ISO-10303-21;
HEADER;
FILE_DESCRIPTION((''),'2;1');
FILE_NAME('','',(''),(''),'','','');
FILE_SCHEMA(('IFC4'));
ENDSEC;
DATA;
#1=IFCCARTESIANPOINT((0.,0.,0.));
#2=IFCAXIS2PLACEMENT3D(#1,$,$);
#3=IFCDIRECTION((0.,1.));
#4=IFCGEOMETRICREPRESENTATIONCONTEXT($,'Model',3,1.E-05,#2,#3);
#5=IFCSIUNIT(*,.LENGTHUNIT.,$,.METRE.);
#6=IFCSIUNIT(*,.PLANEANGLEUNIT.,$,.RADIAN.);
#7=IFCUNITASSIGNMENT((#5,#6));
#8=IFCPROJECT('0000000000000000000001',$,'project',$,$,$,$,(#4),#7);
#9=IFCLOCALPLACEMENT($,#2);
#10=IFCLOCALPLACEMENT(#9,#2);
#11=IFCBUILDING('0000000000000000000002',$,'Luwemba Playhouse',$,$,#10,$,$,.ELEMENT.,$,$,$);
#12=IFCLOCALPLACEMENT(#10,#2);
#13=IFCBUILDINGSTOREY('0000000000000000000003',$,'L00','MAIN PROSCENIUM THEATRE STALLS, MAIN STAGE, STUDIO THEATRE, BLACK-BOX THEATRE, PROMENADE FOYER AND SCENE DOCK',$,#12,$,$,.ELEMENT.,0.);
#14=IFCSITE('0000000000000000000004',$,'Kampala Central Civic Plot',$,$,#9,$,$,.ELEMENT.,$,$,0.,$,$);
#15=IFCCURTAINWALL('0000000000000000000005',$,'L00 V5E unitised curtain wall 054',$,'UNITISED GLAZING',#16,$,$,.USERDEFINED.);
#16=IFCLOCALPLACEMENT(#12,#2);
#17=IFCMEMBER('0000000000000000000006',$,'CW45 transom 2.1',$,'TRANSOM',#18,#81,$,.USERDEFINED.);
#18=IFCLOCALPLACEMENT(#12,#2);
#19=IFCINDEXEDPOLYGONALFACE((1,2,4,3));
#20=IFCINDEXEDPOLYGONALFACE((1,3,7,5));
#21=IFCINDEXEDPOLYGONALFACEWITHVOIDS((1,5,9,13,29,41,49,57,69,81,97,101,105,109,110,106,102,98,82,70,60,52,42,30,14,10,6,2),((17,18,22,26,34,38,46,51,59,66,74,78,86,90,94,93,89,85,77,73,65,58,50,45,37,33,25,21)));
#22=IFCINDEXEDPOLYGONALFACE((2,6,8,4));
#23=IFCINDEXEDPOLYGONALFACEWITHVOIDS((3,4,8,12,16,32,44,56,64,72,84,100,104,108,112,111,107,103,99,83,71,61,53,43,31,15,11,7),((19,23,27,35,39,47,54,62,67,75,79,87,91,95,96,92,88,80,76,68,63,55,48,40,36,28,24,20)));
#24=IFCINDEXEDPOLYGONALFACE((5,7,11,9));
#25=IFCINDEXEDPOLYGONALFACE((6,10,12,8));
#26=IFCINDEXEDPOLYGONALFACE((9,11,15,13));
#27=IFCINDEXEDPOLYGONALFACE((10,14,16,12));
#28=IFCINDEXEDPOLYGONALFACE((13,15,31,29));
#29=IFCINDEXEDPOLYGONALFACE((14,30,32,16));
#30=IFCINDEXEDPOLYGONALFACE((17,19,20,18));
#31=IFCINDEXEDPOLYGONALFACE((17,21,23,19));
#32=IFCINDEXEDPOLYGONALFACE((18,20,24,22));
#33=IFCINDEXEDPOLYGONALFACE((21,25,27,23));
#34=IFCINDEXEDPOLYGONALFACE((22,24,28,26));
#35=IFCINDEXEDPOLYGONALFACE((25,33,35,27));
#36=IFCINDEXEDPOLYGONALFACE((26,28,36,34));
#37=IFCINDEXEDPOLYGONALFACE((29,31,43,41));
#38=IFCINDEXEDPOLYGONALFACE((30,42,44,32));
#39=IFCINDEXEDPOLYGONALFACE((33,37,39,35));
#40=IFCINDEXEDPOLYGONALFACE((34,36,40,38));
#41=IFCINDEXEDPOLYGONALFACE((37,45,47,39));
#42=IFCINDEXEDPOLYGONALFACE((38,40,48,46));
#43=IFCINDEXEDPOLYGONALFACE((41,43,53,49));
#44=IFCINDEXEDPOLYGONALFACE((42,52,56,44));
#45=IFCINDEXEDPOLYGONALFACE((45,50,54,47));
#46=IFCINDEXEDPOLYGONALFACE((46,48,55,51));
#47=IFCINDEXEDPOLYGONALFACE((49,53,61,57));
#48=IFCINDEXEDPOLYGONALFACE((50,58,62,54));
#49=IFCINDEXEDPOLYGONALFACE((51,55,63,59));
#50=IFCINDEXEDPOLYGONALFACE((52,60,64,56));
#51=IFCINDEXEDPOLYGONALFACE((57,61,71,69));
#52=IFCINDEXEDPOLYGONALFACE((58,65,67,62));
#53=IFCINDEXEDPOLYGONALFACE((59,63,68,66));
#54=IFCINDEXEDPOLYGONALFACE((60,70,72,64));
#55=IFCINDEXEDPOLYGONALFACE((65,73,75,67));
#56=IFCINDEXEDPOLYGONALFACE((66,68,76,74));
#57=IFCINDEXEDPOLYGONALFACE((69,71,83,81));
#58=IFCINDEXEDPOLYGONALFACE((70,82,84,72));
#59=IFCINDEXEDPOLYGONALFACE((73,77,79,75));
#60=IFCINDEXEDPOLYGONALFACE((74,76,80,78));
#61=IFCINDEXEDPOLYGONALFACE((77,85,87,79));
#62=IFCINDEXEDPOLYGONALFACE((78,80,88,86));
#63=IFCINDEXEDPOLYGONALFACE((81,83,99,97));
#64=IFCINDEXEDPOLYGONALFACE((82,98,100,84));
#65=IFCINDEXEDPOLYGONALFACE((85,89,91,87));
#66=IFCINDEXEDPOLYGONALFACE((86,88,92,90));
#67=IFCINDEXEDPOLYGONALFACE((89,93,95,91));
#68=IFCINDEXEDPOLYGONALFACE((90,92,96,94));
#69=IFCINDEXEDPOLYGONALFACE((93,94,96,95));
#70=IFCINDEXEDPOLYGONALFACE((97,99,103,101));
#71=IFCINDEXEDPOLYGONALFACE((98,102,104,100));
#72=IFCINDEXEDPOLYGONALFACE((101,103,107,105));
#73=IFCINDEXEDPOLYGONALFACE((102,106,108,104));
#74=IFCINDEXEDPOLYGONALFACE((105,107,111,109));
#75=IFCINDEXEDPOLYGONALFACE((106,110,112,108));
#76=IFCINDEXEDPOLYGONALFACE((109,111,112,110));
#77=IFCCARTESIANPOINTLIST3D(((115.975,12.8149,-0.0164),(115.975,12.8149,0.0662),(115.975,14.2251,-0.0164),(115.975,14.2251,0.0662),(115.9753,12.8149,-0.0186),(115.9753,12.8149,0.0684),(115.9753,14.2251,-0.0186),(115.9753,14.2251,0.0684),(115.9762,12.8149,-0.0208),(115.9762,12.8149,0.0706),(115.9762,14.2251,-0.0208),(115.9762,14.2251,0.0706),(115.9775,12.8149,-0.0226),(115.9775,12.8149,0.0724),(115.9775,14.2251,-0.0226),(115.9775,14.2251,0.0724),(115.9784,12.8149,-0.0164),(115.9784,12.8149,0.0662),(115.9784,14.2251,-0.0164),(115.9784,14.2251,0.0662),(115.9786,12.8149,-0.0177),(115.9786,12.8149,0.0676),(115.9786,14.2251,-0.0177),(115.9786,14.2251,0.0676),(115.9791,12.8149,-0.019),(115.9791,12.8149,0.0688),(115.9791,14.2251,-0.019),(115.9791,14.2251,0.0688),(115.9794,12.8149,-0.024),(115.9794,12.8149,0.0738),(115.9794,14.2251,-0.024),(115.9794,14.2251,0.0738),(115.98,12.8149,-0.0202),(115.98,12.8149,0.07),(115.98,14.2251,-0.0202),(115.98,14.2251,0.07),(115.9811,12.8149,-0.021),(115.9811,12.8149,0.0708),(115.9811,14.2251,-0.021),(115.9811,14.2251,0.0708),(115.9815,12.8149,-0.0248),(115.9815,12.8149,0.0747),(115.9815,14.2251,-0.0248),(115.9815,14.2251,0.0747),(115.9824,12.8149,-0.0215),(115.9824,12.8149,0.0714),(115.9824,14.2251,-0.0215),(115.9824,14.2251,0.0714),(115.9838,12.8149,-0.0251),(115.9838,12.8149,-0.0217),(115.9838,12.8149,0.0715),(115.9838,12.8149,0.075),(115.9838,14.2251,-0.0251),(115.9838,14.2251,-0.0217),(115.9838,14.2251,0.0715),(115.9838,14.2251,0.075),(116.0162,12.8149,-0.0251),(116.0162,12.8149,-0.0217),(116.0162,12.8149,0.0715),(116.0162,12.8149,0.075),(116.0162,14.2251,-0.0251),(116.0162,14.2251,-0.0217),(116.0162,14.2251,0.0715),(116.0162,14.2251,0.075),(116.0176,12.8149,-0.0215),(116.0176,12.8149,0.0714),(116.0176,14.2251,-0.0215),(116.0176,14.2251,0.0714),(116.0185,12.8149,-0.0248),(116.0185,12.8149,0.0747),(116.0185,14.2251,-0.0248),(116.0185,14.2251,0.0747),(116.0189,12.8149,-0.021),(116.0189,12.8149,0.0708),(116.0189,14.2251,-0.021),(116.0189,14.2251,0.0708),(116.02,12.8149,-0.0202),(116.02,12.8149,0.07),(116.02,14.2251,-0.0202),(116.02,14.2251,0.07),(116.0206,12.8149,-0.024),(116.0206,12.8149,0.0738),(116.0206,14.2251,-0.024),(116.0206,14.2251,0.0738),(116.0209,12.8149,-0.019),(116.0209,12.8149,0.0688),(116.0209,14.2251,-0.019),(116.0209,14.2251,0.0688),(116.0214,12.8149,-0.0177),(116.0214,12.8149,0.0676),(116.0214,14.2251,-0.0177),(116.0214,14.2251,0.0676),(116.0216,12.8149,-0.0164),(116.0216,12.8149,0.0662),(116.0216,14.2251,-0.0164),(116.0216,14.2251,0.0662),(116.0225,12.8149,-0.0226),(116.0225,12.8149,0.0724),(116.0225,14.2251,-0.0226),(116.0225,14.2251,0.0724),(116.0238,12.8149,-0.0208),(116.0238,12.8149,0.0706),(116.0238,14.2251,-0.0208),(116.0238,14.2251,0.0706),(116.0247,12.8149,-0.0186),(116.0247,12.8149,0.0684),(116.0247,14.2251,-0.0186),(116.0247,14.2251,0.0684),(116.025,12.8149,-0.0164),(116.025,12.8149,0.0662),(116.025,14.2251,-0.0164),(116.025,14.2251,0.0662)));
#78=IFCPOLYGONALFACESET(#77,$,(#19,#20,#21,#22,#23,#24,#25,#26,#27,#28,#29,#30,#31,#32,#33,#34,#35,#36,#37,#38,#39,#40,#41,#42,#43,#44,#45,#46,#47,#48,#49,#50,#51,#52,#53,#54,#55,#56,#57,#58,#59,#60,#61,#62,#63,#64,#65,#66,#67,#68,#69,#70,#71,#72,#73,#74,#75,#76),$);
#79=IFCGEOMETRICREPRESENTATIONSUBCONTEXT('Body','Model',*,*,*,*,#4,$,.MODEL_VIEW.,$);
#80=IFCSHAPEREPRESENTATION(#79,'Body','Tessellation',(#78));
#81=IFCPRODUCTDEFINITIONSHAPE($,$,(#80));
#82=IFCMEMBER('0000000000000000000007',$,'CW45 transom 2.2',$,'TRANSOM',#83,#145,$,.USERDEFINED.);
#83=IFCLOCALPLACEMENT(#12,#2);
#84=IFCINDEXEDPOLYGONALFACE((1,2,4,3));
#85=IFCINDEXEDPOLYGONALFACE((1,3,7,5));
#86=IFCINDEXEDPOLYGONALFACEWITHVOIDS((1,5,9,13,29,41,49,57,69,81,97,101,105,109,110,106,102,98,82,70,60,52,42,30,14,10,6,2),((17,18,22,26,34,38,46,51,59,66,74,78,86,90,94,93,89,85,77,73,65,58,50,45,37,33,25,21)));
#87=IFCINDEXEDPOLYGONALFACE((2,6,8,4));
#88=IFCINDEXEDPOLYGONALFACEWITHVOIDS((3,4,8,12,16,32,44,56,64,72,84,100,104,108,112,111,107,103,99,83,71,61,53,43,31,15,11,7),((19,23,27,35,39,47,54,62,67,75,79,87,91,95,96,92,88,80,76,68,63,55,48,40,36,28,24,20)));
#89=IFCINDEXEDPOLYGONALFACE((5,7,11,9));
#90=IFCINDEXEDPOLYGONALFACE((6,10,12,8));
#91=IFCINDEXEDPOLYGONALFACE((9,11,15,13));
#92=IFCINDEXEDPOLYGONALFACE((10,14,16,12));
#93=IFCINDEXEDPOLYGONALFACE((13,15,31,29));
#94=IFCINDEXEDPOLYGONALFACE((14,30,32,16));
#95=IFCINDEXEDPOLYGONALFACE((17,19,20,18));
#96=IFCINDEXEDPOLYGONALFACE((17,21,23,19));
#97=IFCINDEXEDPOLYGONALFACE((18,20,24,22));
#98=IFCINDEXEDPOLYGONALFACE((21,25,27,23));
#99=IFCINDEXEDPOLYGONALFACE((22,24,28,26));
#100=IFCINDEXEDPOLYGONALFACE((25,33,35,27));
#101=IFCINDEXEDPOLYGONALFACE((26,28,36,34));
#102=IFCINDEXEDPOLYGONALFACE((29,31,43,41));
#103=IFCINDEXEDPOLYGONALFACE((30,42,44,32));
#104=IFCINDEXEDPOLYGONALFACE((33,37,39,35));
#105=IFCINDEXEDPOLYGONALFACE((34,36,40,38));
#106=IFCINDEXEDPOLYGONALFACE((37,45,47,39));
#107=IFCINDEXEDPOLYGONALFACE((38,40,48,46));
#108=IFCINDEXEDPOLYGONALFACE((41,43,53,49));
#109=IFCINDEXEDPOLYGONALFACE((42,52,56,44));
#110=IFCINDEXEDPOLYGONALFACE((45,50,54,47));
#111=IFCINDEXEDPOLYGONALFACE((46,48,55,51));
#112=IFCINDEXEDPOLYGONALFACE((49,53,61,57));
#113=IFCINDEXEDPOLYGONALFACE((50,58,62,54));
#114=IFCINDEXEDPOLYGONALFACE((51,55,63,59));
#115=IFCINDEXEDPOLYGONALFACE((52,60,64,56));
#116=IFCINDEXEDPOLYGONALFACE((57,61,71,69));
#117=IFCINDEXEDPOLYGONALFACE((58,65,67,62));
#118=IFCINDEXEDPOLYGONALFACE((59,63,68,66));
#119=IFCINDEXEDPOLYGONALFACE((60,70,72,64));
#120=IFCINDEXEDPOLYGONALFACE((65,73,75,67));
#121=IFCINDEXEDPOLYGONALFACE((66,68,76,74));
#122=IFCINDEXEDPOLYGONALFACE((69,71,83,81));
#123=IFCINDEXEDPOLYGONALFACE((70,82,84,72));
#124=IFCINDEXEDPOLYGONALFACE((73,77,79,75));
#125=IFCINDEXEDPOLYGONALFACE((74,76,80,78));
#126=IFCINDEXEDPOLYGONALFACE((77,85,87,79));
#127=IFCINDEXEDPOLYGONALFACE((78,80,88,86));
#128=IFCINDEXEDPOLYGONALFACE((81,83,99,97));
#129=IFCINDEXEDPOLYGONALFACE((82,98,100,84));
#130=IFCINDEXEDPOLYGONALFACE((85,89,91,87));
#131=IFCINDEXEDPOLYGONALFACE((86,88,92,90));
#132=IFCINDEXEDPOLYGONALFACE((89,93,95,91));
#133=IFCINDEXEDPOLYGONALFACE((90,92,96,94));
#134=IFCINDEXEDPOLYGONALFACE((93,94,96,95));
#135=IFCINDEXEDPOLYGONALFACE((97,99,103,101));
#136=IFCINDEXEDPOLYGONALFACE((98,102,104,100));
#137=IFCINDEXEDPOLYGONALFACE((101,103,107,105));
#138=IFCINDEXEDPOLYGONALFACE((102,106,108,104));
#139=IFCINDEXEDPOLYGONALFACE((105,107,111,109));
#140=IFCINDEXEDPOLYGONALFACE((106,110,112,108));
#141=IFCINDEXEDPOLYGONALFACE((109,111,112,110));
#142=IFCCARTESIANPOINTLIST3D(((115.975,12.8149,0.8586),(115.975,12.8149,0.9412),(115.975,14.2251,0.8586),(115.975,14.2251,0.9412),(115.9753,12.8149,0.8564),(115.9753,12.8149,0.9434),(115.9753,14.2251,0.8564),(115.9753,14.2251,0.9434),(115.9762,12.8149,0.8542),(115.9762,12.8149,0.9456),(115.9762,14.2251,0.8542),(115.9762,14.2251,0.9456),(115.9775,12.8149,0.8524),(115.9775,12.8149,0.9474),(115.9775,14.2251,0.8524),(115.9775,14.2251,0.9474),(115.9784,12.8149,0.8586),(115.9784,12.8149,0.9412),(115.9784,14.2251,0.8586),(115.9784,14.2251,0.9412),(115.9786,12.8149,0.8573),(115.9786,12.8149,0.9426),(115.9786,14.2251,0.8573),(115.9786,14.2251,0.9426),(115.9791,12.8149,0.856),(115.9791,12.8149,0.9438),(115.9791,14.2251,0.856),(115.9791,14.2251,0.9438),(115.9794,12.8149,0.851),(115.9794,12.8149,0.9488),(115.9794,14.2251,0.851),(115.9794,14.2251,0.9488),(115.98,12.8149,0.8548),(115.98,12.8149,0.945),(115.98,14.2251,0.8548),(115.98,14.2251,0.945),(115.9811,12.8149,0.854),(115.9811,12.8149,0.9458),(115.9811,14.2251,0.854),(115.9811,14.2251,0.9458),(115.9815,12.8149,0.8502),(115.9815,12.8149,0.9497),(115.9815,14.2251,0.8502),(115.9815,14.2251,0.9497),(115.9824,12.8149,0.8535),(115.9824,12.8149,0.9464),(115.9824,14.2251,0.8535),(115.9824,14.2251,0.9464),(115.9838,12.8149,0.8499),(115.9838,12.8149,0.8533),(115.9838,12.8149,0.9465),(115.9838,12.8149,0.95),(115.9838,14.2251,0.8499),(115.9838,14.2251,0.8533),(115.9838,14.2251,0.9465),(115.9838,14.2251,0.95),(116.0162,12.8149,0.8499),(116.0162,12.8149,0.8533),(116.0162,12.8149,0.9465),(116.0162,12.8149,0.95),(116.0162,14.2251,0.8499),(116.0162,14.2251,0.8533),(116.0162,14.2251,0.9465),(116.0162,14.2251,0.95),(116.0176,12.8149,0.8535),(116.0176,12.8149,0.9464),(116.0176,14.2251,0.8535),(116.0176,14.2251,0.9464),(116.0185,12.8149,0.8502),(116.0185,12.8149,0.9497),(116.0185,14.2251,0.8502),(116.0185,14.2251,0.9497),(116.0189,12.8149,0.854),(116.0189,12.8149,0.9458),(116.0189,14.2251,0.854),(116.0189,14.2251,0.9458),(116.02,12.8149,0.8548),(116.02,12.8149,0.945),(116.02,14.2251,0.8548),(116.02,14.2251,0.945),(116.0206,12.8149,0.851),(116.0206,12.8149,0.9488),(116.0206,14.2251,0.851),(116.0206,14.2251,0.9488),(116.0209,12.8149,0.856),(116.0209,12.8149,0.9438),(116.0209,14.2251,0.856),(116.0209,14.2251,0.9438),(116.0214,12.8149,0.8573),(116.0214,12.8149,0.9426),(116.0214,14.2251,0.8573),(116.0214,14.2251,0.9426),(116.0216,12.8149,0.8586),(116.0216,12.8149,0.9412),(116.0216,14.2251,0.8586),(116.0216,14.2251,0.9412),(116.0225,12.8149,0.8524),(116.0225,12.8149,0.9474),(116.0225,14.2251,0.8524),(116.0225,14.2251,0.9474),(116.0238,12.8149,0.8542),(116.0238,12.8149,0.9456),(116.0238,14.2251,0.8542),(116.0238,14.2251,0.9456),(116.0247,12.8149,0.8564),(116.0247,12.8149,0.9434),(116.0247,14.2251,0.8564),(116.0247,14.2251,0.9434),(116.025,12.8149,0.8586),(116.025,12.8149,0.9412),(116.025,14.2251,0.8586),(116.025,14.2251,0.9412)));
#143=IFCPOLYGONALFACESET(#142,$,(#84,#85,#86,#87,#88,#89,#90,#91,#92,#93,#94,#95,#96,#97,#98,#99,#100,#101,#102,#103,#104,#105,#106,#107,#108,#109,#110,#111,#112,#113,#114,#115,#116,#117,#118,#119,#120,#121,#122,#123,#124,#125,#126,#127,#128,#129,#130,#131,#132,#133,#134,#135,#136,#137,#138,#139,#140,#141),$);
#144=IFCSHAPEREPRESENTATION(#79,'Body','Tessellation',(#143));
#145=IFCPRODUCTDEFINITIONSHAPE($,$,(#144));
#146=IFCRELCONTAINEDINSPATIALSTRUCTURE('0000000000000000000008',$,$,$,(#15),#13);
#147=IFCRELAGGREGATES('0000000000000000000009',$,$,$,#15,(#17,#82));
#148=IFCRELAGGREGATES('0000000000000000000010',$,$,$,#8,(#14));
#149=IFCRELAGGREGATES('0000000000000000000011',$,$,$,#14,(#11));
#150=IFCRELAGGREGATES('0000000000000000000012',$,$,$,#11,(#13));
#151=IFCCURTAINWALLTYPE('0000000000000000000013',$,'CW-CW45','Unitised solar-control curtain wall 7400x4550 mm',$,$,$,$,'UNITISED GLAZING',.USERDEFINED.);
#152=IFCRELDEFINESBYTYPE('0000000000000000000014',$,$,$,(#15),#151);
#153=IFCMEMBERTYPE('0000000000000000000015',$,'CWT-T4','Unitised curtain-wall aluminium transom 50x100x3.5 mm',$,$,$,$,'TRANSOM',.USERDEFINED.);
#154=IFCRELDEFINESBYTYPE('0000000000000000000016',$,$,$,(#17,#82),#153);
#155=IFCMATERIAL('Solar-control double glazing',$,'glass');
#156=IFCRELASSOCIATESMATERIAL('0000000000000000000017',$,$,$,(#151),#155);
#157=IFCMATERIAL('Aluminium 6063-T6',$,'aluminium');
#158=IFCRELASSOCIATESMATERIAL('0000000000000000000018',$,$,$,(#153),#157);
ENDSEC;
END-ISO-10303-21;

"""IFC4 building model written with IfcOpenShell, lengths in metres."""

from ifc_helpers import new_model, si_unit, direction, frame, origin, origin_2d, place, context, subcontext, project, spatial, hollow_rectangle, extrude, material, material_profile, profile_set, type_object, element, aggregate, save


model = new_model("IFC4")

# Units and contexts
model_context = context("Model", 3, precision=1e-05, world=origin(), true_north=direction((0.0, 1.0)))
body_context = subcontext(model_context, "Body", "Model", "MODEL_VIEW")
ifc_project = project(units=[si_unit("LENGTHUNIT", "METRE"), si_unit("PLANEANGLEUNIT", "RADIAN")], contexts=[model_context])

# Site, building, storey
site_placement = place(None, origin())
site = spatial("IfcSite", under=ifc_project, at=site_placement, Name="Kampala Central Civic Plot", CompositionType="ELEMENT", RefElevation=0.0)
building_placement = place(site_placement, origin())
building = spatial("IfcBuilding", under=site, at=building_placement, Name="Luwemba Playhouse", CompositionType="ELEMENT")
storey_placement = place(building_placement, origin())
storey = spatial("IfcBuildingStorey", under=building, at=storey_placement, Name="L00", Description="MAIN PROSCENIUM THEATRE STALLS, MAIN STAGE, STUDIO THEATRE, BLACK-BOX THEATRE, PROMENADE FOYER AND SCENE DOCK", CompositionType="ELEMENT", Elevation=0.0)

# Curtain wall, members
ifc_material_1 = material(Name="Solar-control double glazing", Category="glass")
curtain_wall_type = type_object("IfcCurtainWallType", Name="CW-CW45", Description="Unitised solar-control curtain wall 7400x4550 mm", ElementType="UNITISED GLAZING", PredefinedType="USERDEFINED", material=ifc_material_1)
curtain_wall_placement = place(storey_placement, origin())
curtain_wall = element("IfcCurtainWall", 1, at=curtain_wall_placement, inside=storey, type_object=curtain_wall_type, Name="L00 V5E unitised curtain wall 054", ObjectType="UNITISED GLAZING", PredefinedType="USERDEFINED")
ifc_material_2 = material(Name="Aluminium 6063-T6", Category="aluminium")
ifc_material_profile_1 = material_profile(ifc_material_2, hollow_rectangle(XDim=0.05, YDim=0.1001, WallThickness=0.0034, InnerFilletRadius=0.0054, OuterFilletRadius=0.0088, at=origin_2d()))
ifc_profile_set_1 = profile_set([ifc_material_profile_1], Name="Aluminium 6063-T6")
member_type = type_object("IfcMemberType", Name="CWT-T4", Description="Unitised curtain-wall aluminium transom 50x100x3.5 mm", ElementType="TRANSOM", PredefinedType="USERDEFINED", material=ifc_profile_set_1)
member_1_placement = place(storey_placement, frame((116.0, 12.8149, 0.0249), z_axis=(0.0, 1.0, 0.0), x_axis=(-1.0, 0.0, 0.0)))
member_1 = element("IfcMember", 2, at=member_1_placement, type_object=member_type, Name="CW45 transom 2.1", ObjectType="TRANSOM", PredefinedType="USERDEFINED", context=body_context, shape_type="SweptSolid", body=[
    extrude(hollow_rectangle(XDim=0.05, YDim=0.1001, WallThickness=0.0034, InnerFilletRadius=0.0054, OuterFilletRadius=0.0088, at=origin_2d()), origin(), (0.0, 0.0, 1.0), 1.4102),
])
member_2_placement = place(storey_placement, frame((116.0, 12.8149, 0.8999), z_axis=(0.0, 1.0, 0.0), x_axis=(-1.0, 0.0, 0.0)))
member_2 = element("IfcMember", 3, at=member_2_placement, type_object=member_type, Name="CW45 transom 2.2", ObjectType="TRANSOM", PredefinedType="USERDEFINED", context=body_context, shape_type="SweptSolid", body=[
    extrude(hollow_rectangle(XDim=0.05, YDim=0.1001, WallThickness=0.0034, InnerFilletRadius=0.0054, OuterFilletRadius=0.0088, at=origin_2d()), origin(), (0.0, 0.0, 1.0), 1.4102),
])
aggregate(curtain_wall, [member_1, member_2])

save(model, "model.ifc")
